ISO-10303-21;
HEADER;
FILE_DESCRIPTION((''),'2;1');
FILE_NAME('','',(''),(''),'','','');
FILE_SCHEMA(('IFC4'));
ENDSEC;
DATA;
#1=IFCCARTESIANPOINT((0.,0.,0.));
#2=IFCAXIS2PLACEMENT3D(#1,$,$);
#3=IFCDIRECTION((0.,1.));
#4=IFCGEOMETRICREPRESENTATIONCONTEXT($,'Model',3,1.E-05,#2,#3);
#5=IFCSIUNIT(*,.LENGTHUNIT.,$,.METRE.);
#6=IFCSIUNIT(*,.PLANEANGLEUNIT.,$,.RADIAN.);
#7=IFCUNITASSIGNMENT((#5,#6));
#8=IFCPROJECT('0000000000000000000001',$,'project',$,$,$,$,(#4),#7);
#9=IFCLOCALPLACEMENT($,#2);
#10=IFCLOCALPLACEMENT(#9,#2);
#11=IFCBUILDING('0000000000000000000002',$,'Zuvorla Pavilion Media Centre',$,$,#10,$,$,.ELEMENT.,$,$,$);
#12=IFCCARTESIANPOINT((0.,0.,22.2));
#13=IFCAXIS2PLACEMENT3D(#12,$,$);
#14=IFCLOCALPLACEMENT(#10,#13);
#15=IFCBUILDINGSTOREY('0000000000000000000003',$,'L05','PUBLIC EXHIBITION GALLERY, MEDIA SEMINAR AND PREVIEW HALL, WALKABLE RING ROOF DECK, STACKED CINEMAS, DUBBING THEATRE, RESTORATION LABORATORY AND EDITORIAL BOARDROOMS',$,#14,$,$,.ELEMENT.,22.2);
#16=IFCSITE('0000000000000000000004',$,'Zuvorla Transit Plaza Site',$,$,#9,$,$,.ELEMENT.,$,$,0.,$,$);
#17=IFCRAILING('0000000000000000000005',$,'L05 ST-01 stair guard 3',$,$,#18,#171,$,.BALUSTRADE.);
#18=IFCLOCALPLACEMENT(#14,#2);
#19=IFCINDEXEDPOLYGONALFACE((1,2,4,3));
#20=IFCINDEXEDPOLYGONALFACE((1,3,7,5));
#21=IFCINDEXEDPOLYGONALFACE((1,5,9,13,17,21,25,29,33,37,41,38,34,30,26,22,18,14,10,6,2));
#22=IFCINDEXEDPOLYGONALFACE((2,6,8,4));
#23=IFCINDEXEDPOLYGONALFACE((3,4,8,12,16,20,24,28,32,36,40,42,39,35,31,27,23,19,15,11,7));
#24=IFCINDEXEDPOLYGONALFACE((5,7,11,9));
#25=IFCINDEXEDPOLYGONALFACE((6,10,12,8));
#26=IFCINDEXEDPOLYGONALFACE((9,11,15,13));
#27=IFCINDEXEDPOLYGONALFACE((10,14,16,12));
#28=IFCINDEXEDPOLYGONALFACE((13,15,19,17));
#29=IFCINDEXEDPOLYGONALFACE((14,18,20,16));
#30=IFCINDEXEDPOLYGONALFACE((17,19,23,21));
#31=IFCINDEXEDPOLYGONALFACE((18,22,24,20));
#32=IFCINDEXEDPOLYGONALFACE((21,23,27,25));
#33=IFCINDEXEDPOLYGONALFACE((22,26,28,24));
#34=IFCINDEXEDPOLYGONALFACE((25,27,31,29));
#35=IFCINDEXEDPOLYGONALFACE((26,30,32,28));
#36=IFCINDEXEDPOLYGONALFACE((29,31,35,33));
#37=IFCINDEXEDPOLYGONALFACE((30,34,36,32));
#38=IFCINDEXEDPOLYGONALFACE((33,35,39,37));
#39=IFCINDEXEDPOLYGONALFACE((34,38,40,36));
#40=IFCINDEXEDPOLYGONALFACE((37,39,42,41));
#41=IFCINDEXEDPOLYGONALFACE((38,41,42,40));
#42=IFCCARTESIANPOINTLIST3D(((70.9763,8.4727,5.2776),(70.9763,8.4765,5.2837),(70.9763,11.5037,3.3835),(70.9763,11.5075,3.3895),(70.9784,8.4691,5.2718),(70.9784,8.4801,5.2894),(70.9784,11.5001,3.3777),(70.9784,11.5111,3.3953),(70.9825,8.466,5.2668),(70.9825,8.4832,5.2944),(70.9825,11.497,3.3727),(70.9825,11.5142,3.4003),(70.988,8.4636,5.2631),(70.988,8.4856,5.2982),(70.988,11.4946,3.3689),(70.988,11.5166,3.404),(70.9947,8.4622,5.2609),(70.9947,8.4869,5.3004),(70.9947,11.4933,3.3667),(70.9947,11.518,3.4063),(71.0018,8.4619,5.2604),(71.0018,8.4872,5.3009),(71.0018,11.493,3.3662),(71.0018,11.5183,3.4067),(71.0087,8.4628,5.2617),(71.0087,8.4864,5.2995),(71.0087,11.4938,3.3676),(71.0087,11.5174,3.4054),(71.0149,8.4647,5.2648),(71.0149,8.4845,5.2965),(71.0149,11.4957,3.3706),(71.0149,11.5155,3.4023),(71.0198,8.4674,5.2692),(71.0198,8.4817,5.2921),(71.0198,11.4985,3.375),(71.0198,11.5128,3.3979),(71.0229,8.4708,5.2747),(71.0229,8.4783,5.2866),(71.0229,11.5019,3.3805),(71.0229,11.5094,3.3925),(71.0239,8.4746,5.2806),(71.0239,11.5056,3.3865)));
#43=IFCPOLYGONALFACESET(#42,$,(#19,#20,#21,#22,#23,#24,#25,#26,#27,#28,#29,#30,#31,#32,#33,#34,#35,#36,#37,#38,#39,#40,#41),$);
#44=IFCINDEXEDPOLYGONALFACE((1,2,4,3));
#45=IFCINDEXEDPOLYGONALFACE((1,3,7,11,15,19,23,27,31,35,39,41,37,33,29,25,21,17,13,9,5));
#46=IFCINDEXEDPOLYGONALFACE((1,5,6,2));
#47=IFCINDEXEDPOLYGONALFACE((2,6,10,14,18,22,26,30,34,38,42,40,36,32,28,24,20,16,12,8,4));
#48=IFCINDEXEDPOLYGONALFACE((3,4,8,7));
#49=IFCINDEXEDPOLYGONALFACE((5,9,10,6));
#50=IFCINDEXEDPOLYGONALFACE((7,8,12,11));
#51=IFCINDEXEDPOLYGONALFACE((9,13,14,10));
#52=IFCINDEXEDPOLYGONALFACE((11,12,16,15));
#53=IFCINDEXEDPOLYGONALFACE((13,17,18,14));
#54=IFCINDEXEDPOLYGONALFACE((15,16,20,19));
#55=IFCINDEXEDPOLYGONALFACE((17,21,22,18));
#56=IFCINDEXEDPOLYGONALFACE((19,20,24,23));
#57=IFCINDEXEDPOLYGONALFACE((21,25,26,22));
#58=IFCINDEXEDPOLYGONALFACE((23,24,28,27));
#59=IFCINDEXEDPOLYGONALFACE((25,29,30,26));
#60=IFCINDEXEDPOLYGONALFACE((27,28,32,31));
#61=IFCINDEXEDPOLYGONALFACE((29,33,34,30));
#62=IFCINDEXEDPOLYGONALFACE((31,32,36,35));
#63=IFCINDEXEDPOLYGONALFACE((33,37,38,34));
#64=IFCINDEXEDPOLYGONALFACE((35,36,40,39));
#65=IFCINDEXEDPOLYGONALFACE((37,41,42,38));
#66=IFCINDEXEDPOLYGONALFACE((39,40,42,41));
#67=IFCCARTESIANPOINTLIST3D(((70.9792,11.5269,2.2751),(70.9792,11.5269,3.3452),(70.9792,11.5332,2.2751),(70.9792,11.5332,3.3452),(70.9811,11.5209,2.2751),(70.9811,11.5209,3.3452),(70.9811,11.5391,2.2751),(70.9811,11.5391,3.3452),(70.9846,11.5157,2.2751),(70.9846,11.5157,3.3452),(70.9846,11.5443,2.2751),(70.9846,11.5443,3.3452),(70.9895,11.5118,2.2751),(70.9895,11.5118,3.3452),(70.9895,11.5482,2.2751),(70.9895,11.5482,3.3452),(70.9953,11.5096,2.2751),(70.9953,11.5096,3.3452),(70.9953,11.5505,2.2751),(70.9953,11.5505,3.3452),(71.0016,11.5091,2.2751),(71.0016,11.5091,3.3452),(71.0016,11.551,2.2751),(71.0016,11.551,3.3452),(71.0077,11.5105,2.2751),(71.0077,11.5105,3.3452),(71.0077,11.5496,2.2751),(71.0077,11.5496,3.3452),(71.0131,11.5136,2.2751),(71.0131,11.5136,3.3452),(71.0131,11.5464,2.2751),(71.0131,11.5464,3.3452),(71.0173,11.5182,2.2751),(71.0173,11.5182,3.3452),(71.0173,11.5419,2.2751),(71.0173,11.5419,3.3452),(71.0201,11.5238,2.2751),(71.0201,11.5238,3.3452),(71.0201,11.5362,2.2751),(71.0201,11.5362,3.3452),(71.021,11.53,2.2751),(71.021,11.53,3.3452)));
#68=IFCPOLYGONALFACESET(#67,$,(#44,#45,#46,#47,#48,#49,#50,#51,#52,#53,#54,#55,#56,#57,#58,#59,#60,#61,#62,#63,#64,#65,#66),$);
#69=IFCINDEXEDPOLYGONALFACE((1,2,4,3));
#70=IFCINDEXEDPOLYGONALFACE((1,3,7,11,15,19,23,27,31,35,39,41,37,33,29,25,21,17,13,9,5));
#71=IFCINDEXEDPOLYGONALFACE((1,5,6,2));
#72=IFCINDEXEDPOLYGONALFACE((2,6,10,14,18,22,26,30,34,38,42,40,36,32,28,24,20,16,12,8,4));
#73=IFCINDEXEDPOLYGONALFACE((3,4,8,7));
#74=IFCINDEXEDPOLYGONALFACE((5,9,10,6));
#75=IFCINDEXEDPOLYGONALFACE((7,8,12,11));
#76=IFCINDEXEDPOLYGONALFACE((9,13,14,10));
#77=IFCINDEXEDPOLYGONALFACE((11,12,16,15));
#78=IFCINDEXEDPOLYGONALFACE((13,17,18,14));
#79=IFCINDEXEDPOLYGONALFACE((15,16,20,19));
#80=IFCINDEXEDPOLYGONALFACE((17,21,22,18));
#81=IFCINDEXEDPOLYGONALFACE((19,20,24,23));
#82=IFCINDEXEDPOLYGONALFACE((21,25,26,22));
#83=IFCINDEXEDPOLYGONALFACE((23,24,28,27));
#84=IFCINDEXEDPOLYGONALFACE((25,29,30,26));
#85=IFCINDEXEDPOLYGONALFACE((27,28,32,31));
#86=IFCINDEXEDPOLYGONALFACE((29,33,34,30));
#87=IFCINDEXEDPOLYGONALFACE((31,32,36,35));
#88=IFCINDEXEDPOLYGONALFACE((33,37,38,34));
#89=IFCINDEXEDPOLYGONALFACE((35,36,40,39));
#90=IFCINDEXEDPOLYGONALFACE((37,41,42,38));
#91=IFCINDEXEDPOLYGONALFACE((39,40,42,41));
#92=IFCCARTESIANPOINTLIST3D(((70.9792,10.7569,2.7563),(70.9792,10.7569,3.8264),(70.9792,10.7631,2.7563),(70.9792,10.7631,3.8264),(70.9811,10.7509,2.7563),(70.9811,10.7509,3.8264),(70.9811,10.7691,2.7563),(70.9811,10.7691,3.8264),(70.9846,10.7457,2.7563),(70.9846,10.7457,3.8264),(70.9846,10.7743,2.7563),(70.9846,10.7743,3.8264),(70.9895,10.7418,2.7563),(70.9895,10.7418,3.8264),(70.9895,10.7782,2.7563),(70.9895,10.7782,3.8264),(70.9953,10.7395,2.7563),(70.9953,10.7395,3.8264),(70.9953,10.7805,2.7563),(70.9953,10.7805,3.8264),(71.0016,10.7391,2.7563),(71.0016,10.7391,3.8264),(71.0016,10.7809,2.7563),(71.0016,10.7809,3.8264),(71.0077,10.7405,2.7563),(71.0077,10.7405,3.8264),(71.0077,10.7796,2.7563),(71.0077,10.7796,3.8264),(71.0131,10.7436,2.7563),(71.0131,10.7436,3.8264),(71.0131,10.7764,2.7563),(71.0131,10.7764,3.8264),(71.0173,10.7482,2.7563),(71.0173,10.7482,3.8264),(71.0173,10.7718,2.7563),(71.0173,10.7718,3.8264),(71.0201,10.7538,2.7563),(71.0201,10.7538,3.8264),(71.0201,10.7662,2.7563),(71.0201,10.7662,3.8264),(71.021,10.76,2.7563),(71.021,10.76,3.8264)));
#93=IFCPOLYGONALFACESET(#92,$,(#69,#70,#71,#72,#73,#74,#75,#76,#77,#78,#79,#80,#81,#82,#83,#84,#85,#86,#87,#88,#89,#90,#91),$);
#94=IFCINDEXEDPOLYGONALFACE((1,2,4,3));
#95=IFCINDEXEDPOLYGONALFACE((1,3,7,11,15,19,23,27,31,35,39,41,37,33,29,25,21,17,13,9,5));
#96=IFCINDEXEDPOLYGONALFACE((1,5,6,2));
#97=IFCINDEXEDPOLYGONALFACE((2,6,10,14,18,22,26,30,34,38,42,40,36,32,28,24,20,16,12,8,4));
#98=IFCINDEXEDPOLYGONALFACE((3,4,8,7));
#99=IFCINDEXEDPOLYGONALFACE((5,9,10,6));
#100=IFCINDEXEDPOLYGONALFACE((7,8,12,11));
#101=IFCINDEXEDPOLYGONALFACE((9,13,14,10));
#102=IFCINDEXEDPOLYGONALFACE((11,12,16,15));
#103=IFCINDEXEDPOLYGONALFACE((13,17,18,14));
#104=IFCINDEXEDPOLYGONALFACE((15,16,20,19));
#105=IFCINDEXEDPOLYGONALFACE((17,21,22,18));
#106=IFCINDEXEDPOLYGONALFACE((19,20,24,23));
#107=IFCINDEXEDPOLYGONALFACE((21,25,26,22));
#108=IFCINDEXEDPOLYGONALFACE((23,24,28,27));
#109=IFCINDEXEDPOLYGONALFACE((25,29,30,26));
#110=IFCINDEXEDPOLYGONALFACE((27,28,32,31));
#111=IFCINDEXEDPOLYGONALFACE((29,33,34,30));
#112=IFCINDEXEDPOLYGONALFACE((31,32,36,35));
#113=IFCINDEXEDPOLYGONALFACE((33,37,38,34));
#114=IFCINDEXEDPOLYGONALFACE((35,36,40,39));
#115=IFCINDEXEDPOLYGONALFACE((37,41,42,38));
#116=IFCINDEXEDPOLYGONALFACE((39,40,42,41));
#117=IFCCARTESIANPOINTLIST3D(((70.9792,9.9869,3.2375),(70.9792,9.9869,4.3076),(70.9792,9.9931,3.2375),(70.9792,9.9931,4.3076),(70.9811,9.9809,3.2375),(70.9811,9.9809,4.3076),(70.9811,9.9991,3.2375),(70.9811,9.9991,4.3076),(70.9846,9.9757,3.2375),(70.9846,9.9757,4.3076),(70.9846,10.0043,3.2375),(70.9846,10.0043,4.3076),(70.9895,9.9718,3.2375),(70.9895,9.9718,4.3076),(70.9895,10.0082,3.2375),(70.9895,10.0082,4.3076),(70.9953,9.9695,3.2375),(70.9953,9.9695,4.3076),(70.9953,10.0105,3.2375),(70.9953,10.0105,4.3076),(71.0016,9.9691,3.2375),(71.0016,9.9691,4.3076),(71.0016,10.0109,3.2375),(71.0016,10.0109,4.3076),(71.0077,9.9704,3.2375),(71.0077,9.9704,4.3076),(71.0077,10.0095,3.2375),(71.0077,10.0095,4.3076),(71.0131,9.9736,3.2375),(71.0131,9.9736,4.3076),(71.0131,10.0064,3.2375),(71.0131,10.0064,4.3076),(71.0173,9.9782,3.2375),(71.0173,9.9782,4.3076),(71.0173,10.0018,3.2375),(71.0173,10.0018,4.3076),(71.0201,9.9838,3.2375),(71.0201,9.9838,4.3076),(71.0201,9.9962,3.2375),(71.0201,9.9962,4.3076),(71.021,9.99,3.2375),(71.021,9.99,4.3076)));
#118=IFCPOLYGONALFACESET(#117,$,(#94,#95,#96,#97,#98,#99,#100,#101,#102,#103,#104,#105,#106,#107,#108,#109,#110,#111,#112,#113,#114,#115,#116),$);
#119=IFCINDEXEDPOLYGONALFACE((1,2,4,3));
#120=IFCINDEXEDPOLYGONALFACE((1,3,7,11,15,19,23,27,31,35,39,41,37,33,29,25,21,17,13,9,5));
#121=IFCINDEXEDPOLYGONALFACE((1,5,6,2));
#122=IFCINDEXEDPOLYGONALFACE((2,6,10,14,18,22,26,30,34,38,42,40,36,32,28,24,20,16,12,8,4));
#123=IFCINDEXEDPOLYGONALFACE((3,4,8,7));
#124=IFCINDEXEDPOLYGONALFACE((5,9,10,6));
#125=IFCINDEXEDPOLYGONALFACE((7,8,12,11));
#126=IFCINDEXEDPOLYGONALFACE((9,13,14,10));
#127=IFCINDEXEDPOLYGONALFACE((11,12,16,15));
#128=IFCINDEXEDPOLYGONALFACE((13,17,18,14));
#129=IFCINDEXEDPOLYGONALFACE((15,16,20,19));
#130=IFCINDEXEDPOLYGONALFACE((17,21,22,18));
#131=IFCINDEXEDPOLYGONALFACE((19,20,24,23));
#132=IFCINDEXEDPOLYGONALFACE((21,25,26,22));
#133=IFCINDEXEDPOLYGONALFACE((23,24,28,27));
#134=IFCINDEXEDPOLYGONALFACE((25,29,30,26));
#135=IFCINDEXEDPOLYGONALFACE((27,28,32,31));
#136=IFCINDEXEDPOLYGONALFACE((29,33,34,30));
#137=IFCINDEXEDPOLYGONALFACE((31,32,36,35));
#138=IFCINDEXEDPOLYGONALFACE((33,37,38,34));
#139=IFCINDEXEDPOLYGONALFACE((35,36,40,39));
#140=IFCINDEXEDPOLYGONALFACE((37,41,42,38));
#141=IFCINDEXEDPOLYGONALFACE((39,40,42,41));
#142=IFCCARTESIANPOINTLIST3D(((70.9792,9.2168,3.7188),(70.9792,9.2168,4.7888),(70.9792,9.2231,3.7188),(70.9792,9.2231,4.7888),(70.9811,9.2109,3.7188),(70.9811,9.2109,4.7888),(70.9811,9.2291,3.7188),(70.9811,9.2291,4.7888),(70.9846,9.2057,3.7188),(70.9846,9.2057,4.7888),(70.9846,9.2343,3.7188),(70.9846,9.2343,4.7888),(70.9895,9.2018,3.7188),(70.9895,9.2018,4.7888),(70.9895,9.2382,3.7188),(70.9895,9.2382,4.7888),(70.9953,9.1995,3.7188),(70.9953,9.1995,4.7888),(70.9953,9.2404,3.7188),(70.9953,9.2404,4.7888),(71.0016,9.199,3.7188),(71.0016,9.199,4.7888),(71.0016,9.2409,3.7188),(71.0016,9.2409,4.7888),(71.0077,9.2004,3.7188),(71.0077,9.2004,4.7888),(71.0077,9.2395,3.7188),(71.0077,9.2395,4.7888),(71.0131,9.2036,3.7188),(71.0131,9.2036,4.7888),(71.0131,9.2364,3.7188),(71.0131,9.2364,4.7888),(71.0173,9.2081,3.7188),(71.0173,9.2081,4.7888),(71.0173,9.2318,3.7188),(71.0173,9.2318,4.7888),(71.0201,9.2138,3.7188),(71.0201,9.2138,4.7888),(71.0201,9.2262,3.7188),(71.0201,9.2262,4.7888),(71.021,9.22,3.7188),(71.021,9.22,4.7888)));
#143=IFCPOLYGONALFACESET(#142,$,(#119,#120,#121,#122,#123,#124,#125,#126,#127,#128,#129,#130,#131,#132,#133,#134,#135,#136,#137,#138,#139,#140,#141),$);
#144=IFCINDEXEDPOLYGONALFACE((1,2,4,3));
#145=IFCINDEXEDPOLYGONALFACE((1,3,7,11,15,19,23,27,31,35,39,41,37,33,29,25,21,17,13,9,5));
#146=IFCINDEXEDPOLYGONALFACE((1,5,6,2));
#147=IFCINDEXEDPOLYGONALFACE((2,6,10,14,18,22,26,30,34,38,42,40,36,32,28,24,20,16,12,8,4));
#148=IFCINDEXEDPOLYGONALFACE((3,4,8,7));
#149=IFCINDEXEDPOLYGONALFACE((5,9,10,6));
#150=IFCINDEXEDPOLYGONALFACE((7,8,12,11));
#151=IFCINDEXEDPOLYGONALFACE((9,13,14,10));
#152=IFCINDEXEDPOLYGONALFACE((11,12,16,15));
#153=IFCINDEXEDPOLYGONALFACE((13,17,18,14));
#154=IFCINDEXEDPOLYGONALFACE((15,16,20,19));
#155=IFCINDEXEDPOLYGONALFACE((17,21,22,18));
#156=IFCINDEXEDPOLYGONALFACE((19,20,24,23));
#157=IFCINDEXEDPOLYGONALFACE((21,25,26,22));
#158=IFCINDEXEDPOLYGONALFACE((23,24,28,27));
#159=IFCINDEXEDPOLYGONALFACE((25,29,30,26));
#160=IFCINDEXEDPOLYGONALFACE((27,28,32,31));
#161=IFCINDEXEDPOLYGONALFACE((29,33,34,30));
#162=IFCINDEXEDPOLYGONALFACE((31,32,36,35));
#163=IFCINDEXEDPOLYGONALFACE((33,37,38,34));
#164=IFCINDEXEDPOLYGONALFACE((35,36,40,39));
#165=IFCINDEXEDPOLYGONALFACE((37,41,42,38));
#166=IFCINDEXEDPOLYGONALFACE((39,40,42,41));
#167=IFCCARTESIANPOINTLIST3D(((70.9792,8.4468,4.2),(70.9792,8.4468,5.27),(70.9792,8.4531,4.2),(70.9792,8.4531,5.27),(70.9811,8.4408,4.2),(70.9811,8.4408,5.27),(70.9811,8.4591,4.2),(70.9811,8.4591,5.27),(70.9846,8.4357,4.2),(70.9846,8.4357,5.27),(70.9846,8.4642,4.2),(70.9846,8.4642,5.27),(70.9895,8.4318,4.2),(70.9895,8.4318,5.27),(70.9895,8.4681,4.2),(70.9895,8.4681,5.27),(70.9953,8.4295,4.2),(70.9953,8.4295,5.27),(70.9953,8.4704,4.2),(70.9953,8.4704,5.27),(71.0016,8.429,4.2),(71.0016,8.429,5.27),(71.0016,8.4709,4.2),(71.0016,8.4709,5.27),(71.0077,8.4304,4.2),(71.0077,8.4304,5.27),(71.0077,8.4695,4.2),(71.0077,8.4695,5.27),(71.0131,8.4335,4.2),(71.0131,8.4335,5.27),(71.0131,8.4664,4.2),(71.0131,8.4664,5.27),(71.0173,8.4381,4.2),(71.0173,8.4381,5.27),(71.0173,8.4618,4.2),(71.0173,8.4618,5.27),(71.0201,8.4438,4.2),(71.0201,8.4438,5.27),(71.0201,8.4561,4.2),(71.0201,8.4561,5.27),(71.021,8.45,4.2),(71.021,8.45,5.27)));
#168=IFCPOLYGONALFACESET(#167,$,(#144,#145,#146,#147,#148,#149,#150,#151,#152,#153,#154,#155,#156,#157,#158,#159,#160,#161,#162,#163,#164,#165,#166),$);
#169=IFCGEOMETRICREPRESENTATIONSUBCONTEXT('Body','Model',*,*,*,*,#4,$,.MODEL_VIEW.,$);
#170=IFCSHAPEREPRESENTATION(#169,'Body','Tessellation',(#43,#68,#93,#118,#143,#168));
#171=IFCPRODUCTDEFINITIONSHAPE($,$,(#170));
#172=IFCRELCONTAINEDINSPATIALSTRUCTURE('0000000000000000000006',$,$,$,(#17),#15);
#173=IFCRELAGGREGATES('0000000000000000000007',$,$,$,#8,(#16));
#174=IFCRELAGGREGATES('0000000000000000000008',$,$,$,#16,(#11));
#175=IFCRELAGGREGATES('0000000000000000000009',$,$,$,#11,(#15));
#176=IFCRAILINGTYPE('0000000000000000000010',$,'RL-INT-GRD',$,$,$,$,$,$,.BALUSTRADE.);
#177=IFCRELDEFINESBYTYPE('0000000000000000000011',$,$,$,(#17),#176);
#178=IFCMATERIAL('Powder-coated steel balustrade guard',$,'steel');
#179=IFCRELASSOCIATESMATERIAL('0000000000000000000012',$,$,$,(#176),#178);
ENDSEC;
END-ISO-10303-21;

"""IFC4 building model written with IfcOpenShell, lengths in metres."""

from ifc_helpers import new_model, si_unit, direction, frame, origin, origin_2d, place, context, subcontext, project, spatial, circle, extrude, material, type_object, element, save


model = new_model("IFC4")

# Units and contexts
model_context = context("Model", 3, precision=1e-05, world=origin(), true_north=direction((0.0, 1.0)))
body_context = subcontext(model_context, "Body", "Model", "MODEL_VIEW")
ifc_project = project(units=[si_unit("LENGTHUNIT", "METRE"), si_unit("PLANEANGLEUNIT", "RADIAN")], contexts=[model_context])

# Site, building, storey
site_placement = place(None, origin())
site = spatial("IfcSite", under=ifc_project, at=site_placement, Name="Zuvorla Transit Plaza Site", CompositionType="ELEMENT", RefElevation=0.0)
building_placement = place(site_placement, origin())
building = spatial("IfcBuilding", under=site, at=building_placement, Name="Zuvorla Pavilion Media Centre", CompositionType="ELEMENT")
storey_placement = place(building_placement, frame((0.0, 0.0, 22.2)))
storey = spatial("IfcBuildingStorey", under=building, at=storey_placement, Name="L05", Description="PUBLIC EXHIBITION GALLERY, MEDIA SEMINAR AND PREVIEW HALL, WALKABLE RING ROOF DECK, STACKED CINEMAS, DUBBING THEATRE, RESTORATION LABORATORY AND EDITORIAL BOARDROOMS", CompositionType="ELEMENT", Elevation=22.2)

# Railing
ifc_material_1 = material(Name="Powder-coated steel balustrade guard", Category="steel")
railing_type_1 = type_object("IfcRailingType", Name="RL-INT-GRD", PredefinedType="BALUSTRADE", material=ifc_material_1)
railing_1_placement = place(storey_placement, frame((71.0, 11.53, 2.2751)))
element("IfcRailing", 1, at=railing_1_placement, inside=storey, type_object=railing_type_1, Name="L05 ST-01 stair guard 3", PredefinedType="BALUSTRADE", context=body_context, shape_type="SweptSolid", body=[
    extrude(circle(Radius=0.0239, at=origin_2d()), frame((0.0, -0.0244, 1.1113), z_axis=(0.0, -0.848029, 0.529951), x_axis=(1.0, 0.0, 0.0)), (0.0, 0.0, 1.0), 3.5742),
    extrude(circle(Radius=0.021, at=origin_2d()), origin(), (0.0, 0.0, 1.0), 1.0701),
    extrude(circle(Radius=0.021, at=origin_2d()), frame((0.0, -0.77, 0.4812)), (0.0, 0.0, 1.0), 1.0701),
    extrude(circle(Radius=0.021, at=origin_2d()), frame((0.0, -1.54, 0.9624)), (0.0, 0.0, 1.0), 1.0701),
    extrude(circle(Radius=0.021, at=origin_2d()), frame((0.0, -2.3101, 1.4436)), (0.0, 0.0, 1.0), 1.0701),
    extrude(circle(Radius=0.021, at=origin_2d()), frame((0.0, -3.0801, 1.9248)), (0.0, 0.0, 1.0), 1.0701),
])

save(model, "model.ifc")
